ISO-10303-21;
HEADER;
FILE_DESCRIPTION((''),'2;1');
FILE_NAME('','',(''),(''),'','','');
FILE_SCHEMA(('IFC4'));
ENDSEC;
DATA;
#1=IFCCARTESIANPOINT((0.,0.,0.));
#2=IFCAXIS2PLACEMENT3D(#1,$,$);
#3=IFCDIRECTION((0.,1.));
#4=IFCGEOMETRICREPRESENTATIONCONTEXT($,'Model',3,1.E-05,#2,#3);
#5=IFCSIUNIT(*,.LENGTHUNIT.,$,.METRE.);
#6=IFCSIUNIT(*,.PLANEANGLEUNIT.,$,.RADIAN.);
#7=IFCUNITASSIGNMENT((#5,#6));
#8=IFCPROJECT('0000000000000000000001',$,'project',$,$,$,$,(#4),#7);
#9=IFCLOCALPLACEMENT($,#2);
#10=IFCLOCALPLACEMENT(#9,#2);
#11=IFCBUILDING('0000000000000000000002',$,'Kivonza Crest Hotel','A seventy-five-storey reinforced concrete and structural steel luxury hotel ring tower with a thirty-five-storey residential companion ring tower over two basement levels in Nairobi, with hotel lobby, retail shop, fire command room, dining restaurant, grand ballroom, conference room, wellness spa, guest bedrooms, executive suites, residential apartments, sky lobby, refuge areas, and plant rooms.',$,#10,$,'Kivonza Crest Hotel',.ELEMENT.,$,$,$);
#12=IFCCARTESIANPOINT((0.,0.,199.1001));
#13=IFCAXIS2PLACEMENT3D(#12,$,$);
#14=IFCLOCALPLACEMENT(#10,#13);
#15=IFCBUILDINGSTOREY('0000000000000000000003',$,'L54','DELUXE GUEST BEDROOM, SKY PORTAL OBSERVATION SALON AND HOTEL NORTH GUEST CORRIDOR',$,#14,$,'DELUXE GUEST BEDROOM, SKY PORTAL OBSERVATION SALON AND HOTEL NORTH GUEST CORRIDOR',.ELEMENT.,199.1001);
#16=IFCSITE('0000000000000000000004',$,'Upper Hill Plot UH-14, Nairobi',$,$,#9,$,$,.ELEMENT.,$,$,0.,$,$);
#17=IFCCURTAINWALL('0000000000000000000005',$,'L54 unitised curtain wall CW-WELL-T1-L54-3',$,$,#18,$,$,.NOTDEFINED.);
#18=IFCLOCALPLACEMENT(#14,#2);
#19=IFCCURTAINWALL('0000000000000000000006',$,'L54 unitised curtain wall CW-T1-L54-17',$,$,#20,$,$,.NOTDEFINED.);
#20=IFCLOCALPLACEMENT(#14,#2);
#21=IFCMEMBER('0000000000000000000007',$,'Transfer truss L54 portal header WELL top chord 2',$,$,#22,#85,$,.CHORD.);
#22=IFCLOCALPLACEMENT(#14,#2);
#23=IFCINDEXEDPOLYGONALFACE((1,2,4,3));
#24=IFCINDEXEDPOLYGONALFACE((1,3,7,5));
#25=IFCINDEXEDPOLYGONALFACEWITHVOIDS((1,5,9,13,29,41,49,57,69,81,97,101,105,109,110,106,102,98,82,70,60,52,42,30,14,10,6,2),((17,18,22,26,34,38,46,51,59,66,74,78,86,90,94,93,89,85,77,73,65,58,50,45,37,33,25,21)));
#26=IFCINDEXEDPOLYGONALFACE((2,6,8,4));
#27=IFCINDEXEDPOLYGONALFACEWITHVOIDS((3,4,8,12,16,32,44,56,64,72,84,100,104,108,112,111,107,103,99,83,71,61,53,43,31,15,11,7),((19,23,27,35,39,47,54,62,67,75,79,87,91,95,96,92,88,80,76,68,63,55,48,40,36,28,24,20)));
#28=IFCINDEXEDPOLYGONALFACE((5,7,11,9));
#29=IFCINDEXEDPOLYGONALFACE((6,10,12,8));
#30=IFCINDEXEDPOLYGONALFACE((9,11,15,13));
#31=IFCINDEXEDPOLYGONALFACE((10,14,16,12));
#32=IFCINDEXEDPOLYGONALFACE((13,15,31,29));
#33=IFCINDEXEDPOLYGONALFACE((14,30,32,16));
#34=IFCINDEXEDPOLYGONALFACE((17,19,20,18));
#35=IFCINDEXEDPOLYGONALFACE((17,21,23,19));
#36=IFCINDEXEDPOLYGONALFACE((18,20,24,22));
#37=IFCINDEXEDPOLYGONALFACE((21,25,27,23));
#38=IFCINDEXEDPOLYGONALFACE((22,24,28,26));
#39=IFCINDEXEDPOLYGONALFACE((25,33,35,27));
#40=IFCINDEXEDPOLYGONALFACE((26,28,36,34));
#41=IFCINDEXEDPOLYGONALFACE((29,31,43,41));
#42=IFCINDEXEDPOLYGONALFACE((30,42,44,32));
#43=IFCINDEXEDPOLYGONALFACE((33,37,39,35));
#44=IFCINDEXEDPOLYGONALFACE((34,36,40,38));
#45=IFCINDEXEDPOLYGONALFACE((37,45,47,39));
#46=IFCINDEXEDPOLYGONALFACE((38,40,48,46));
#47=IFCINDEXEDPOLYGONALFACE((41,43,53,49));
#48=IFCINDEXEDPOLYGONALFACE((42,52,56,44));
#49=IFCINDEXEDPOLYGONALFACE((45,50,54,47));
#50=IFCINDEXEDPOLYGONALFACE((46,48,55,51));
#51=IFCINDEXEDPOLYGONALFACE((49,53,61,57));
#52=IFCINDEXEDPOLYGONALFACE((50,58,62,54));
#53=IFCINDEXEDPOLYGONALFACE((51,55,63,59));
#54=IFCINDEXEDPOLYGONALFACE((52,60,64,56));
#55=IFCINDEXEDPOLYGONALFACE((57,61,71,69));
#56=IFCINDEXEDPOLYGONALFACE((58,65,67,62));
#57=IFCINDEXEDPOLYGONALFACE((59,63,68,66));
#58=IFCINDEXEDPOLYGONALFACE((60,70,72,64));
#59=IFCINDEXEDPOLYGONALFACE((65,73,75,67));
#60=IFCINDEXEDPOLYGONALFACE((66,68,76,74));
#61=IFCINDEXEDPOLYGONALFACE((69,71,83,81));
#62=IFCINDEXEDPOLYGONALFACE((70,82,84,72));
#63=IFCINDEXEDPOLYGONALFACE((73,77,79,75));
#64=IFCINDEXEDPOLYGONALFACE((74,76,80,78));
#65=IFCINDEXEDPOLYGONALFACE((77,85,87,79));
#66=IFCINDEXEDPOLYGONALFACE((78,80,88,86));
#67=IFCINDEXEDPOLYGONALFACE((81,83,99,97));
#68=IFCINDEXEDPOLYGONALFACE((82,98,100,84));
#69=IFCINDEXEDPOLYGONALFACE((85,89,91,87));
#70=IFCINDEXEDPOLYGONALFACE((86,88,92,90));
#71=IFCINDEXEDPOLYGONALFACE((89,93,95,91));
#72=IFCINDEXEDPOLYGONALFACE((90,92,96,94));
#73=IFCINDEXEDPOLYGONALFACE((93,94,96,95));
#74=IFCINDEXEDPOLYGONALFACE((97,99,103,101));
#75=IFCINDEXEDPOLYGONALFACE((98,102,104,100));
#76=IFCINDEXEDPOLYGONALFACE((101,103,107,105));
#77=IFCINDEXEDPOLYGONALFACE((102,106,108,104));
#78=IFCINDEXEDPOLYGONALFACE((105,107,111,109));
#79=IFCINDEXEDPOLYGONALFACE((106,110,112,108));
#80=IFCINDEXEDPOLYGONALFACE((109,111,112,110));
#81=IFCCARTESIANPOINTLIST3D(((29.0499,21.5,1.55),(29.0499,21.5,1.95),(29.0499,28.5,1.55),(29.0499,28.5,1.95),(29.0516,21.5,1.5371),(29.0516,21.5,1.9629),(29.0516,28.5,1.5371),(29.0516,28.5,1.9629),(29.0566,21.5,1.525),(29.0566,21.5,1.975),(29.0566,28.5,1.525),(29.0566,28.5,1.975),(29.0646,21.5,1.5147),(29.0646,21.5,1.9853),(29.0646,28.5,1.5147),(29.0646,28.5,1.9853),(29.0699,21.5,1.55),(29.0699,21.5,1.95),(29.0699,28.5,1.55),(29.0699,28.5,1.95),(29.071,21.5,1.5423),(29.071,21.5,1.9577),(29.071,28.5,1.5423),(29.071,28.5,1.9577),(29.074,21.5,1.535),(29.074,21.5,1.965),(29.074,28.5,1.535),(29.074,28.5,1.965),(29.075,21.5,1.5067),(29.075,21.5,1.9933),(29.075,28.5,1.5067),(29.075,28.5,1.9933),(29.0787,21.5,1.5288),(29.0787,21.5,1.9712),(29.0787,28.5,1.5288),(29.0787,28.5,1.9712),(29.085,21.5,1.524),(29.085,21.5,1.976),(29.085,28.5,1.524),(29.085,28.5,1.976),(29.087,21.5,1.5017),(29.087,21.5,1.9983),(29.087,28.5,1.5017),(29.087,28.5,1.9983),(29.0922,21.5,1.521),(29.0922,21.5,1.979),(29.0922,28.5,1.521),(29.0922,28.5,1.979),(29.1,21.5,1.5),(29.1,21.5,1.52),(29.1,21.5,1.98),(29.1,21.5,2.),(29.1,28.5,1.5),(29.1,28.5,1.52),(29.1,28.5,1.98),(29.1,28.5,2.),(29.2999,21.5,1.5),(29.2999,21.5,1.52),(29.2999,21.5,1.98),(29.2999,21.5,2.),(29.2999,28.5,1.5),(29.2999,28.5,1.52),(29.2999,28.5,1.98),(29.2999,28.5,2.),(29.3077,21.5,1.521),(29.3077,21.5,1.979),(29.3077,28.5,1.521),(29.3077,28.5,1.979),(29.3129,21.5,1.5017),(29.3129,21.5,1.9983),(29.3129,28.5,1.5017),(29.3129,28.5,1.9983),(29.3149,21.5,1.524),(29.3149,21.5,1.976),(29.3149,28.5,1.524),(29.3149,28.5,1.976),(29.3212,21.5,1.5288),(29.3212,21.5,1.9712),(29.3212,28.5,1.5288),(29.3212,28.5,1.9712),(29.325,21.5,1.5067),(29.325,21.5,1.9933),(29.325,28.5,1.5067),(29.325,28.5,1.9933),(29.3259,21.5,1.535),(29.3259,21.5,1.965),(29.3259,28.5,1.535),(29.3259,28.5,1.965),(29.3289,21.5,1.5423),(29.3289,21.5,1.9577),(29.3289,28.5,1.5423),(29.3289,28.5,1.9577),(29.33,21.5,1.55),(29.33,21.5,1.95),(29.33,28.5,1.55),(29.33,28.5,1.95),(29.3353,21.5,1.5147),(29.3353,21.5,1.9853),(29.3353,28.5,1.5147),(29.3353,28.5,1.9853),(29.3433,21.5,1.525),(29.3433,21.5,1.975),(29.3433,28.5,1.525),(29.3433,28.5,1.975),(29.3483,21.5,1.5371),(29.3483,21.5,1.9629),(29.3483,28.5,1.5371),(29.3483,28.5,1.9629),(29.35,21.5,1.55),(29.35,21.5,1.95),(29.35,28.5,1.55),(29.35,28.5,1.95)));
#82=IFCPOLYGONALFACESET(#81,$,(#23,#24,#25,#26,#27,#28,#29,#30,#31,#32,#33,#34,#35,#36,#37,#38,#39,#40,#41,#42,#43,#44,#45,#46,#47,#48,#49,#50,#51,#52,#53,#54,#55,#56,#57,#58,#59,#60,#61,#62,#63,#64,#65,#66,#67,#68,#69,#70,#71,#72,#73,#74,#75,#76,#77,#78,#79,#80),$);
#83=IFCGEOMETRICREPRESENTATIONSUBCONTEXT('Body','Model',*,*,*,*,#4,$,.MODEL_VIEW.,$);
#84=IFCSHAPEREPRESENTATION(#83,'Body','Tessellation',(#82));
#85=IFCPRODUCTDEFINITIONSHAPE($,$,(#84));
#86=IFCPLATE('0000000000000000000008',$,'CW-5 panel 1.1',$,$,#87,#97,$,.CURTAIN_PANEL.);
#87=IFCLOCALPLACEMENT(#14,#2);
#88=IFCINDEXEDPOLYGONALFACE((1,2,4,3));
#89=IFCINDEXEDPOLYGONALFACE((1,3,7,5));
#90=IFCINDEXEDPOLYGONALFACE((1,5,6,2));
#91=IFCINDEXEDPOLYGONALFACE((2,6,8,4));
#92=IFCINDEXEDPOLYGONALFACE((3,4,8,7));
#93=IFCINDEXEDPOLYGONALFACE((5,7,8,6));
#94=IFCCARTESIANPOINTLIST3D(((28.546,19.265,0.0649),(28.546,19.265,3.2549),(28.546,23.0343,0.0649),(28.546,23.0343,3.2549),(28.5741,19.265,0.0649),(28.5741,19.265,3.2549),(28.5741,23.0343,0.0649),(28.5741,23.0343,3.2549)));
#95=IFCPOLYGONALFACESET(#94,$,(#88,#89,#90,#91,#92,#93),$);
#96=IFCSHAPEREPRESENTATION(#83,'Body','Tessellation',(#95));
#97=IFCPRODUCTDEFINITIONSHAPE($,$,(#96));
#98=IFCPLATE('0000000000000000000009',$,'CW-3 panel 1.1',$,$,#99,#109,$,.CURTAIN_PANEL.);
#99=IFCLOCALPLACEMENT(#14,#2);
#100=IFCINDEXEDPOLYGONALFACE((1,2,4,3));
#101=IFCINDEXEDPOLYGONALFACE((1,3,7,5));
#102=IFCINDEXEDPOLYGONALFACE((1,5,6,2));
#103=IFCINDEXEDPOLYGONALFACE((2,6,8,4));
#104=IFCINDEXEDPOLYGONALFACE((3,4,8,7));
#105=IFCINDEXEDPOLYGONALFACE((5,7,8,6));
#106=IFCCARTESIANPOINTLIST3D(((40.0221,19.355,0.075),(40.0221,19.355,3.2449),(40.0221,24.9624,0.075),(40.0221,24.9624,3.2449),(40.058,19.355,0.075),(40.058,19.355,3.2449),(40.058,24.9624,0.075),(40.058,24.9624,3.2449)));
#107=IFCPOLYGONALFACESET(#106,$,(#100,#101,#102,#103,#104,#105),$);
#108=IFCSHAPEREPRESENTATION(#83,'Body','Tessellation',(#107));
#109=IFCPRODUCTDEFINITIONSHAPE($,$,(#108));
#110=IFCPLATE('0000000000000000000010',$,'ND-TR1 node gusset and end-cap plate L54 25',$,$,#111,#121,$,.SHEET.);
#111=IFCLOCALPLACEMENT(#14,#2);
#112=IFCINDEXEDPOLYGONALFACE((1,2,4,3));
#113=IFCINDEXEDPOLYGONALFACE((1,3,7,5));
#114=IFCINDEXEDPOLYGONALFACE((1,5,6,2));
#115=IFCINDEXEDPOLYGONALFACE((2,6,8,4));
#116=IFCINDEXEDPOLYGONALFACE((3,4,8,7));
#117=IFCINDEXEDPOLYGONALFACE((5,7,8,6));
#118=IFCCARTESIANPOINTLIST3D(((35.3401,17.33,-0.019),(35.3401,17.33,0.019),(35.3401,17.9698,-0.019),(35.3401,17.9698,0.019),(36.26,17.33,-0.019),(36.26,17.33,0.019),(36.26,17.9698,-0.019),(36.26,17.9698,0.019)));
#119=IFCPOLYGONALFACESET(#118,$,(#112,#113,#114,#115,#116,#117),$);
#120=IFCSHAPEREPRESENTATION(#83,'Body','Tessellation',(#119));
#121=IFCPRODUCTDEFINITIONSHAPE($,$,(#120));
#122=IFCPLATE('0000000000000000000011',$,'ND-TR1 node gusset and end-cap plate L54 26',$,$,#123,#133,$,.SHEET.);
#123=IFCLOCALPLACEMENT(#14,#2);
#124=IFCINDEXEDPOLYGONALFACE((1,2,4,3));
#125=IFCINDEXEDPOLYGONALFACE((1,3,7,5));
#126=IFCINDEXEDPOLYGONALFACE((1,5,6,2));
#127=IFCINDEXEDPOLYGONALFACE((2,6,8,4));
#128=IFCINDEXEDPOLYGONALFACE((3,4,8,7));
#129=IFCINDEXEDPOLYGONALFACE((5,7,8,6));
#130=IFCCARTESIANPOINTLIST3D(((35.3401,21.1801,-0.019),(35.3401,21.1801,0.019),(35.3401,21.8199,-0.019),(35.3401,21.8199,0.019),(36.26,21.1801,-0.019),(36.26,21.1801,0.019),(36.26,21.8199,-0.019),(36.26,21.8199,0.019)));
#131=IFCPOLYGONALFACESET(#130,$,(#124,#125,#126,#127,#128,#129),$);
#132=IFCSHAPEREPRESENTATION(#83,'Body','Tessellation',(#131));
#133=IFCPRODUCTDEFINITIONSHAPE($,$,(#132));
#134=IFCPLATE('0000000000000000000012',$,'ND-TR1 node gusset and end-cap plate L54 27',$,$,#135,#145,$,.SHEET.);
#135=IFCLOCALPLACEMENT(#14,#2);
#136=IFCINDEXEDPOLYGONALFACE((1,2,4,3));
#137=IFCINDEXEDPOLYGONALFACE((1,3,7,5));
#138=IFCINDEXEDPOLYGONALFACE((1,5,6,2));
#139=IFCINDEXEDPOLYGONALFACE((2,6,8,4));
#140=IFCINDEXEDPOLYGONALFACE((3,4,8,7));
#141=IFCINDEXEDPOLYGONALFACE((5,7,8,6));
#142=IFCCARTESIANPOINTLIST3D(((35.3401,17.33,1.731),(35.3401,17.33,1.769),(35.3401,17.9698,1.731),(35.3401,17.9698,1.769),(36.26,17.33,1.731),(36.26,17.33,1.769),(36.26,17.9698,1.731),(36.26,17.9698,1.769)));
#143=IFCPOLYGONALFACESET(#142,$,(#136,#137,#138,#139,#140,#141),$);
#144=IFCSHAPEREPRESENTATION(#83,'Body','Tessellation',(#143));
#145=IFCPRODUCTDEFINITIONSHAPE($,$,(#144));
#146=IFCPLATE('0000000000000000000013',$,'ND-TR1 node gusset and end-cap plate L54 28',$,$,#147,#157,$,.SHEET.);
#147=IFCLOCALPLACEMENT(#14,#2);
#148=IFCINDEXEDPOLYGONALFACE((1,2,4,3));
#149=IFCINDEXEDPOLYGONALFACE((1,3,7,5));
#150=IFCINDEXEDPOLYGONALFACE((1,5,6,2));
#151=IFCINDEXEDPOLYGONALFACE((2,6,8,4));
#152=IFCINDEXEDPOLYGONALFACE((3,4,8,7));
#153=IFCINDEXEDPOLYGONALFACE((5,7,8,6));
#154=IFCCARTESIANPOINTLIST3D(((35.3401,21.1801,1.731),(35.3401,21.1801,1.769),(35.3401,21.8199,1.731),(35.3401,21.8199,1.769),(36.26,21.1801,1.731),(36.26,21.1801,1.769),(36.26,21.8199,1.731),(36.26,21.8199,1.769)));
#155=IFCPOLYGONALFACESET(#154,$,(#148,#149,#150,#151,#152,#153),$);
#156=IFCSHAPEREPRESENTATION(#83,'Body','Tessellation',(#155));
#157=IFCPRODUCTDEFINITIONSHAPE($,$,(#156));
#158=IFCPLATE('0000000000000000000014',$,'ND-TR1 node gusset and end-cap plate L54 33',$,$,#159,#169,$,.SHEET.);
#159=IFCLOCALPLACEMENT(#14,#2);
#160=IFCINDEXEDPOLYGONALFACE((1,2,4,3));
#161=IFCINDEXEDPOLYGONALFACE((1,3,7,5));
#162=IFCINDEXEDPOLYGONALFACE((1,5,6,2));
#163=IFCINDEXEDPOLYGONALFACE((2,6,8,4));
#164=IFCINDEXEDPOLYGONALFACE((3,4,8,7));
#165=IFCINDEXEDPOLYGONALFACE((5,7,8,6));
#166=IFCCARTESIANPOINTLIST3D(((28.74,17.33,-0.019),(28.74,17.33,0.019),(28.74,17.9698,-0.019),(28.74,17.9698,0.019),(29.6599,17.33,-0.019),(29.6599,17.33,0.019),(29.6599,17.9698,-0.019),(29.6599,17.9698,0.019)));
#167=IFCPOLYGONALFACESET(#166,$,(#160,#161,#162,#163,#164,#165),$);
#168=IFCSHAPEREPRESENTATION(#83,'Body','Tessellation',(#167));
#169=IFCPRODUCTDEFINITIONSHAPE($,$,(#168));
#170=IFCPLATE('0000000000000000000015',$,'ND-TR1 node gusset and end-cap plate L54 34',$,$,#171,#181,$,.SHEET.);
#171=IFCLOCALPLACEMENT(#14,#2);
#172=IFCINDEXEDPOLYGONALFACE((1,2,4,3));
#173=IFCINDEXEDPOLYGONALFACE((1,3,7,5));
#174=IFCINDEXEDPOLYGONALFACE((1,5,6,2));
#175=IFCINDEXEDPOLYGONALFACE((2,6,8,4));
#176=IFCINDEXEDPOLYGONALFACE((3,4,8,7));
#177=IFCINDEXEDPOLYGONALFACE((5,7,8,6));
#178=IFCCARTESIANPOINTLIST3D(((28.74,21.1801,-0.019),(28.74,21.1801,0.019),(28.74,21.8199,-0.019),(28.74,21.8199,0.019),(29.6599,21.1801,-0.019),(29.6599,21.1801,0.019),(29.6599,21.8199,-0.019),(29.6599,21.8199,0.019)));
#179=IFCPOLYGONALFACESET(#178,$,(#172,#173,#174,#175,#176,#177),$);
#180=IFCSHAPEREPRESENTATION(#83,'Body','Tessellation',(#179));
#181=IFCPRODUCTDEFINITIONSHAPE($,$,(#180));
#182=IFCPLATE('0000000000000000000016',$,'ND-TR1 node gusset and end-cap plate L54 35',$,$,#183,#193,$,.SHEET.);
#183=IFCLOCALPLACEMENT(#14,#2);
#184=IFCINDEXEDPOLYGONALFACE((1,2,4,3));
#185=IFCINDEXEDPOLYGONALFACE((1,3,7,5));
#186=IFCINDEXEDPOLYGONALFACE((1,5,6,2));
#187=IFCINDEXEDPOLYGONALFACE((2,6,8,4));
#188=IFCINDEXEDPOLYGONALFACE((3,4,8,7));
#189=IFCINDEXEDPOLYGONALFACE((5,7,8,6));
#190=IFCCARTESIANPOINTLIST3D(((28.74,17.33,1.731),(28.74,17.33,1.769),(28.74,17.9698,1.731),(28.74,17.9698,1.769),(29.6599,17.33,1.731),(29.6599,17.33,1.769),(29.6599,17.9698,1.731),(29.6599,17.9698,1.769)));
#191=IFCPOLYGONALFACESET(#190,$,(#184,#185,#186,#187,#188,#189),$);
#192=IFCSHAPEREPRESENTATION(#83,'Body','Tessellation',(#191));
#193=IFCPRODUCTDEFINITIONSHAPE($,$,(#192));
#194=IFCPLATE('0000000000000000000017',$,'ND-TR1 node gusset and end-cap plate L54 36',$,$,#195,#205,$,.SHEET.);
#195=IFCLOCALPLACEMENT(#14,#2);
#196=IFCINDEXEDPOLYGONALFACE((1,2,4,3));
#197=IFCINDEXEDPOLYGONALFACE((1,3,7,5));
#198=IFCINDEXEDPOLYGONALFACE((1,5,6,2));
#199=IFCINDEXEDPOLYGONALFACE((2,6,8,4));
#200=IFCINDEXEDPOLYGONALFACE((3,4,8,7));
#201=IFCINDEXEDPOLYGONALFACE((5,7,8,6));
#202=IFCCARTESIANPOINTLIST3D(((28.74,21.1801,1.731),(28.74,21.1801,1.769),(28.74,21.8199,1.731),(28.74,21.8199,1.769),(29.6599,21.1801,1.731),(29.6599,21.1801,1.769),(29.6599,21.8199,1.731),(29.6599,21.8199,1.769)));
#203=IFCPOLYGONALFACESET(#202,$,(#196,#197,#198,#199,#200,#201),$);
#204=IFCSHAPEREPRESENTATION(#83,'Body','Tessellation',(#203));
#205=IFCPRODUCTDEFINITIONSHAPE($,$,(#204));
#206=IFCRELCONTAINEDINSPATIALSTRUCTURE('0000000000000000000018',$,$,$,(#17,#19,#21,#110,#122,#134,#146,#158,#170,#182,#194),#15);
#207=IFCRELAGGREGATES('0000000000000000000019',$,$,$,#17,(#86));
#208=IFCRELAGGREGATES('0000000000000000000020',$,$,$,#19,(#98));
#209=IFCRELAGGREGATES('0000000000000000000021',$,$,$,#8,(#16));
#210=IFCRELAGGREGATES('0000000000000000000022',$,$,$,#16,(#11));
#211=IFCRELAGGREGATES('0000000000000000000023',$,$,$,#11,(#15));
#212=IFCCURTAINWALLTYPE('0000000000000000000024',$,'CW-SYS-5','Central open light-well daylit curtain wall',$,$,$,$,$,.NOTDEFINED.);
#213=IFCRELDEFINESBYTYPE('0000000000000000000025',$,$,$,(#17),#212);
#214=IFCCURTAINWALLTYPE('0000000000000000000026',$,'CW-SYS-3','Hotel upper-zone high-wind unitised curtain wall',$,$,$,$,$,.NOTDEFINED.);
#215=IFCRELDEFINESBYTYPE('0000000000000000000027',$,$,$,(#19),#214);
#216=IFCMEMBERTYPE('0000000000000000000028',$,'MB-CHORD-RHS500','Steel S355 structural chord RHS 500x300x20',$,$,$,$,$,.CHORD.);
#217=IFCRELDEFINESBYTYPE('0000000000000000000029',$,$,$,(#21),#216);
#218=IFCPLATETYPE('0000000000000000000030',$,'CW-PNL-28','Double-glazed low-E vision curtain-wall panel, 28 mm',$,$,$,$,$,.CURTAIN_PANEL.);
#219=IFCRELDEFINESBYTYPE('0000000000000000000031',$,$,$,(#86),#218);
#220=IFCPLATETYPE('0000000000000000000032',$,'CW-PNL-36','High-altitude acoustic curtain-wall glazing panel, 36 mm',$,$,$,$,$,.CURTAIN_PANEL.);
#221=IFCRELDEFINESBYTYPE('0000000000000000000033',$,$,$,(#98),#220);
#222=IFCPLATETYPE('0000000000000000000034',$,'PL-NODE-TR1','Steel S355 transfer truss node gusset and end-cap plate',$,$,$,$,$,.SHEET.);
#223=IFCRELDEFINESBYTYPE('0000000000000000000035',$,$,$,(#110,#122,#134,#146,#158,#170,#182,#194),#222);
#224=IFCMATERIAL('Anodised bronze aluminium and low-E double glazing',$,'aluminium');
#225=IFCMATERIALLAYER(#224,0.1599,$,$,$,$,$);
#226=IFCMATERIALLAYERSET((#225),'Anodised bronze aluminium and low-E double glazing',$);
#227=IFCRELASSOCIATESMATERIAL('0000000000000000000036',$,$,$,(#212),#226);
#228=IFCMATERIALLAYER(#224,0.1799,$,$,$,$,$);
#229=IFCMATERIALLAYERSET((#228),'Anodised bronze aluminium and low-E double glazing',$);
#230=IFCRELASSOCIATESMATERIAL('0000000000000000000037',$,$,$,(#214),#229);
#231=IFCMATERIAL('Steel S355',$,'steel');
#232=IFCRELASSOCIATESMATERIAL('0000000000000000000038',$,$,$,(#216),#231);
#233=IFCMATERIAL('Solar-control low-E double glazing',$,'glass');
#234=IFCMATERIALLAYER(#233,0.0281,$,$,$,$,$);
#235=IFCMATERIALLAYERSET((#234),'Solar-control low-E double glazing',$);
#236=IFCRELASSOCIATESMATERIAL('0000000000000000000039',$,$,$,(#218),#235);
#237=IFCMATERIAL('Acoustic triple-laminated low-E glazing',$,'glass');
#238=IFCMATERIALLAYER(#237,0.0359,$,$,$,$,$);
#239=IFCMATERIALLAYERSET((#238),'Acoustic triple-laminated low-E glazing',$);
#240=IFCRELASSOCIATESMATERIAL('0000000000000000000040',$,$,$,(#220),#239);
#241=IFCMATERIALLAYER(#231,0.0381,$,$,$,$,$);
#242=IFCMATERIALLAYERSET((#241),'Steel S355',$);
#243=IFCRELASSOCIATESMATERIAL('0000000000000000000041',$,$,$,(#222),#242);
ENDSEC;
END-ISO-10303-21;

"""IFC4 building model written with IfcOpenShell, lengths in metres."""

from ifc_helpers import new_model, si_unit, direction, frame, origin, origin_2d, place, context, subcontext, project, spatial, rectangle, hollow_rectangle, extrude, material, layer, layer_set, material_profile, profile_set, type_object, element, aggregate, save


model = new_model("IFC4")

# Units and contexts
model_context = context("Model", 3, precision=1e-05, world=origin(), true_north=direction((0.0, 1.0)))
body_context = subcontext(model_context, "Body", "Model", "MODEL_VIEW")
ifc_project = project(units=[si_unit("LENGTHUNIT", "METRE"), si_unit("PLANEANGLEUNIT", "RADIAN")], contexts=[model_context])

# Site, building, storey
site_placement = place(None, origin())
site = spatial("IfcSite", under=ifc_project, at=site_placement, Name="Upper Hill Plot UH-14, Nairobi", CompositionType="ELEMENT", RefElevation=0.0)
building_placement = place(site_placement, origin())
building = spatial("IfcBuilding", under=site, at=building_placement, Name="Kivonza Crest Hotel", Description="A seventy-five-storey reinforced concrete and structural steel luxury hotel ring tower with a thirty-five-storey residential companion ring tower over two basement levels in Nairobi, with hotel lobby, retail shop, fire command room, dining restaurant, grand ballroom, conference room, wellness spa, guest bedrooms, executive suites, residential apartments, sky lobby, refuge areas, and plant rooms.", LongName="Kivonza Crest Hotel", CompositionType="ELEMENT")
storey_placement = place(building_placement, frame((0.0, 0.0, 199.1001)))
storey = spatial("IfcBuildingStorey", under=building, at=storey_placement, Name="L54", Description="DELUXE GUEST BEDROOM, SKY PORTAL OBSERVATION SALON AND HOTEL NORTH GUEST CORRIDOR", LongName="DELUXE GUEST BEDROOM, SKY PORTAL OBSERVATION SALON AND HOTEL NORTH GUEST CORRIDOR", CompositionType="ELEMENT", Elevation=199.1001)

# Shared definitions
ifc_material_1 = material(Name="Steel S355", Category="steel")

# Curtain wall
ifc_material_2 = material(Name="Anodised bronze aluminium and low-E double glazing", Category="aluminium")
ifc_layer_1 = layer(ifc_material_2, 0.1599)
ifc_layer_set_1 = layer_set([ifc_layer_1], Name="Anodised bronze aluminium and low-E double glazing")
curtain_wall_type_1 = type_object("IfcCurtainWallType", Name="CW-SYS-5", Description="Central open light-well daylit curtain wall", PredefinedType="NOTDEFINED", material=ifc_layer_set_1)
curtain_wall_1_placement = place(storey_placement, origin())
curtain_wall_1 = element("IfcCurtainWall", 1, at=curtain_wall_1_placement, inside=storey, type_object=curtain_wall_type_1, Name="L54 unitised curtain wall CW-WELL-T1-L54-3", PredefinedType="NOTDEFINED")

# Curtain wall
ifc_layer_2 = layer(ifc_material_2, 0.1799)
ifc_layer_set_2 = layer_set([ifc_layer_2], Name="Anodised bronze aluminium and low-E double glazing")
curtain_wall_type_2 = type_object("IfcCurtainWallType", Name="CW-SYS-3", Description="Hotel upper-zone high-wind unitised curtain wall", PredefinedType="NOTDEFINED", material=ifc_layer_set_2)
curtain_wall_2_placement = place(storey_placement, origin())
curtain_wall_2 = element("IfcCurtainWall", 2, at=curtain_wall_2_placement, inside=storey, type_object=curtain_wall_type_2, Name="L54 unitised curtain wall CW-T1-L54-17", PredefinedType="NOTDEFINED")

# Member
ifc_material_profile_1 = material_profile(ifc_material_1, hollow_rectangle(XDim=0.3, YDim=0.5, WallThickness=0.02, InnerFilletRadius=0.03, OuterFilletRadius=0.05, at=origin_2d()), Name="RHS 500x300x20")
ifc_profile_set_1 = profile_set([ifc_material_profile_1], Name="Steel S355")
member_type_1 = type_object("IfcMemberType", Name="MB-CHORD-RHS500", Description="Steel S355 structural chord RHS 500x300x20", PredefinedType="CHORD", material=ifc_profile_set_1)
for number, where, z_axis, x_axis, name in (
    (3, (29.2, 21.5, 1.75), (0.0, 1.0, 0.0), (-1.0, 0.0, 0.0), "Transfer truss L54 portal header WELL top chord 2"),
):
    element("IfcMember", number, at=place(storey_placement, frame(where, z_axis=z_axis, x_axis=x_axis)), inside=storey, type_object=member_type_1, Name=name, PredefinedType="CHORD", context=body_context, shape_type="SweptSolid", body=[
        extrude(hollow_rectangle(XDim=0.3, YDim=0.5, WallThickness=0.02, InnerFilletRadius=0.03, OuterFilletRadius=0.05, at=origin_2d()), origin(), (0.0, 0.0, 1.0), 7.0),
    ])

# Plates
ifc_material_3 = material(Name="Solar-control low-E double glazing", Category="glass")
ifc_layer_3 = layer(ifc_material_3, 0.0281)
ifc_layer_set_3 = layer_set([ifc_layer_3], Name="Solar-control low-E double glazing")
plate_type_1 = type_object("IfcPlateType", Name="CW-PNL-28", Description="Double-glazed low-E vision curtain-wall panel, 28 mm", PredefinedType="CURTAIN_PANEL", material=ifc_layer_set_3)
plate_1_placement = place(storey_placement, frame((28.5601, 21.1497, 0.0649), z_axis=(0.0, 0.0, 1.0), x_axis=(0.0, 1.0, 0.0)))
plate_1 = element("IfcPlate", 4, at=plate_1_placement, type_object=plate_type_1, Name="CW-5 panel 1.1", PredefinedType="CURTAIN_PANEL", context=body_context, shape_type="SweptSolid", body=[
    extrude(rectangle(XDim=3.7693, YDim=0.0281, at=origin_2d()), origin(), (0.0, 0.0, 1.0), 3.1899),
])
aggregate(curtain_wall_1, [plate_1])
ifc_material_4 = material(Name="Acoustic triple-laminated low-E glazing", Category="glass")
ifc_layer_4 = layer(ifc_material_4, 0.0359)
ifc_layer_set_4 = layer_set([ifc_layer_4], Name="Acoustic triple-laminated low-E glazing")
plate_type_2 = type_object("IfcPlateType", Name="CW-PNL-36", Description="High-altitude acoustic curtain-wall glazing panel, 36 mm", PredefinedType="CURTAIN_PANEL", material=ifc_layer_set_4)
plate_2_placement = place(storey_placement, frame((40.04, 22.1587, 0.075), z_axis=(0.0, 0.0, 1.0), x_axis=(0.0, 1.0, 0.0)))
plate_2 = element("IfcPlate", 5, at=plate_2_placement, type_object=plate_type_2, Name="CW-3 panel 1.1", PredefinedType="CURTAIN_PANEL", context=body_context, shape_type="SweptSolid", body=[
    extrude(rectangle(XDim=5.6074, YDim=0.0359, at=origin_2d()), origin(), (0.0, 0.0, 1.0), 3.1699),
])
aggregate(curtain_wall_2, [plate_2])

# Plates
ifc_layer_5 = layer(ifc_material_1, 0.0381)
ifc_layer_set_5 = layer_set([ifc_layer_5], Name="Steel S355")
plate_type_3 = type_object("IfcPlateType", Name="PL-NODE-TR1", Description="Steel S355 transfer truss node gusset and end-cap plate", PredefinedType="SHEET", material=ifc_layer_set_5)
for number, where, z_axis, x_axis, name in (
    (6, (35.8, 17.6499, -0.019), (0.0, 0.0, 1.0), (1.0, 0.0, 0.0), "ND-TR1 node gusset and end-cap plate L54 25"),
    (7, (35.8, 21.5, -0.019), (0.0, 0.0, 1.0), (1.0, 0.0, 0.0), "ND-TR1 node gusset and end-cap plate L54 26"),
    (8, (35.8, 17.6499, 1.731), (0.0, 0.0, 1.0), (1.0, 0.0, 0.0), "ND-TR1 node gusset and end-cap plate L54 27"),
    (9, (35.8, 21.5, 1.731), (0.0, 0.0, 1.0), (1.0, 0.0, 0.0), "ND-TR1 node gusset and end-cap plate L54 28"),
    (10, (29.2, 17.6499, -0.019), (0.0, 0.0, 1.0), (1.0, 0.0, 0.0), "ND-TR1 node gusset and end-cap plate L54 33"),
    (11, (29.2, 21.5, -0.019), (0.0, 0.0, 1.0), (1.0, 0.0, 0.0), "ND-TR1 node gusset and end-cap plate L54 34"),
    (12, (29.2, 17.6499, 1.731), (0.0, 0.0, 1.0), (1.0, 0.0, 0.0), "ND-TR1 node gusset and end-cap plate L54 35"),
    (13, (29.2, 21.5, 1.731), (0.0, 0.0, 1.0), (1.0, 0.0, 0.0), "ND-TR1 node gusset and end-cap plate L54 36"),
):
    element("IfcPlate", number, at=place(storey_placement, frame(where, z_axis=z_axis, x_axis=x_axis)), inside=storey, type_object=plate_type_3, Name=name, PredefinedType="SHEET", context=body_context, shape_type="SweptSolid", body=[
        extrude(rectangle(XDim=0.9199, YDim=0.6399, at=origin_2d()), origin(), (0.0, 0.0, 1.0), 0.0381),
    ])

save(model, "model.ifc")
